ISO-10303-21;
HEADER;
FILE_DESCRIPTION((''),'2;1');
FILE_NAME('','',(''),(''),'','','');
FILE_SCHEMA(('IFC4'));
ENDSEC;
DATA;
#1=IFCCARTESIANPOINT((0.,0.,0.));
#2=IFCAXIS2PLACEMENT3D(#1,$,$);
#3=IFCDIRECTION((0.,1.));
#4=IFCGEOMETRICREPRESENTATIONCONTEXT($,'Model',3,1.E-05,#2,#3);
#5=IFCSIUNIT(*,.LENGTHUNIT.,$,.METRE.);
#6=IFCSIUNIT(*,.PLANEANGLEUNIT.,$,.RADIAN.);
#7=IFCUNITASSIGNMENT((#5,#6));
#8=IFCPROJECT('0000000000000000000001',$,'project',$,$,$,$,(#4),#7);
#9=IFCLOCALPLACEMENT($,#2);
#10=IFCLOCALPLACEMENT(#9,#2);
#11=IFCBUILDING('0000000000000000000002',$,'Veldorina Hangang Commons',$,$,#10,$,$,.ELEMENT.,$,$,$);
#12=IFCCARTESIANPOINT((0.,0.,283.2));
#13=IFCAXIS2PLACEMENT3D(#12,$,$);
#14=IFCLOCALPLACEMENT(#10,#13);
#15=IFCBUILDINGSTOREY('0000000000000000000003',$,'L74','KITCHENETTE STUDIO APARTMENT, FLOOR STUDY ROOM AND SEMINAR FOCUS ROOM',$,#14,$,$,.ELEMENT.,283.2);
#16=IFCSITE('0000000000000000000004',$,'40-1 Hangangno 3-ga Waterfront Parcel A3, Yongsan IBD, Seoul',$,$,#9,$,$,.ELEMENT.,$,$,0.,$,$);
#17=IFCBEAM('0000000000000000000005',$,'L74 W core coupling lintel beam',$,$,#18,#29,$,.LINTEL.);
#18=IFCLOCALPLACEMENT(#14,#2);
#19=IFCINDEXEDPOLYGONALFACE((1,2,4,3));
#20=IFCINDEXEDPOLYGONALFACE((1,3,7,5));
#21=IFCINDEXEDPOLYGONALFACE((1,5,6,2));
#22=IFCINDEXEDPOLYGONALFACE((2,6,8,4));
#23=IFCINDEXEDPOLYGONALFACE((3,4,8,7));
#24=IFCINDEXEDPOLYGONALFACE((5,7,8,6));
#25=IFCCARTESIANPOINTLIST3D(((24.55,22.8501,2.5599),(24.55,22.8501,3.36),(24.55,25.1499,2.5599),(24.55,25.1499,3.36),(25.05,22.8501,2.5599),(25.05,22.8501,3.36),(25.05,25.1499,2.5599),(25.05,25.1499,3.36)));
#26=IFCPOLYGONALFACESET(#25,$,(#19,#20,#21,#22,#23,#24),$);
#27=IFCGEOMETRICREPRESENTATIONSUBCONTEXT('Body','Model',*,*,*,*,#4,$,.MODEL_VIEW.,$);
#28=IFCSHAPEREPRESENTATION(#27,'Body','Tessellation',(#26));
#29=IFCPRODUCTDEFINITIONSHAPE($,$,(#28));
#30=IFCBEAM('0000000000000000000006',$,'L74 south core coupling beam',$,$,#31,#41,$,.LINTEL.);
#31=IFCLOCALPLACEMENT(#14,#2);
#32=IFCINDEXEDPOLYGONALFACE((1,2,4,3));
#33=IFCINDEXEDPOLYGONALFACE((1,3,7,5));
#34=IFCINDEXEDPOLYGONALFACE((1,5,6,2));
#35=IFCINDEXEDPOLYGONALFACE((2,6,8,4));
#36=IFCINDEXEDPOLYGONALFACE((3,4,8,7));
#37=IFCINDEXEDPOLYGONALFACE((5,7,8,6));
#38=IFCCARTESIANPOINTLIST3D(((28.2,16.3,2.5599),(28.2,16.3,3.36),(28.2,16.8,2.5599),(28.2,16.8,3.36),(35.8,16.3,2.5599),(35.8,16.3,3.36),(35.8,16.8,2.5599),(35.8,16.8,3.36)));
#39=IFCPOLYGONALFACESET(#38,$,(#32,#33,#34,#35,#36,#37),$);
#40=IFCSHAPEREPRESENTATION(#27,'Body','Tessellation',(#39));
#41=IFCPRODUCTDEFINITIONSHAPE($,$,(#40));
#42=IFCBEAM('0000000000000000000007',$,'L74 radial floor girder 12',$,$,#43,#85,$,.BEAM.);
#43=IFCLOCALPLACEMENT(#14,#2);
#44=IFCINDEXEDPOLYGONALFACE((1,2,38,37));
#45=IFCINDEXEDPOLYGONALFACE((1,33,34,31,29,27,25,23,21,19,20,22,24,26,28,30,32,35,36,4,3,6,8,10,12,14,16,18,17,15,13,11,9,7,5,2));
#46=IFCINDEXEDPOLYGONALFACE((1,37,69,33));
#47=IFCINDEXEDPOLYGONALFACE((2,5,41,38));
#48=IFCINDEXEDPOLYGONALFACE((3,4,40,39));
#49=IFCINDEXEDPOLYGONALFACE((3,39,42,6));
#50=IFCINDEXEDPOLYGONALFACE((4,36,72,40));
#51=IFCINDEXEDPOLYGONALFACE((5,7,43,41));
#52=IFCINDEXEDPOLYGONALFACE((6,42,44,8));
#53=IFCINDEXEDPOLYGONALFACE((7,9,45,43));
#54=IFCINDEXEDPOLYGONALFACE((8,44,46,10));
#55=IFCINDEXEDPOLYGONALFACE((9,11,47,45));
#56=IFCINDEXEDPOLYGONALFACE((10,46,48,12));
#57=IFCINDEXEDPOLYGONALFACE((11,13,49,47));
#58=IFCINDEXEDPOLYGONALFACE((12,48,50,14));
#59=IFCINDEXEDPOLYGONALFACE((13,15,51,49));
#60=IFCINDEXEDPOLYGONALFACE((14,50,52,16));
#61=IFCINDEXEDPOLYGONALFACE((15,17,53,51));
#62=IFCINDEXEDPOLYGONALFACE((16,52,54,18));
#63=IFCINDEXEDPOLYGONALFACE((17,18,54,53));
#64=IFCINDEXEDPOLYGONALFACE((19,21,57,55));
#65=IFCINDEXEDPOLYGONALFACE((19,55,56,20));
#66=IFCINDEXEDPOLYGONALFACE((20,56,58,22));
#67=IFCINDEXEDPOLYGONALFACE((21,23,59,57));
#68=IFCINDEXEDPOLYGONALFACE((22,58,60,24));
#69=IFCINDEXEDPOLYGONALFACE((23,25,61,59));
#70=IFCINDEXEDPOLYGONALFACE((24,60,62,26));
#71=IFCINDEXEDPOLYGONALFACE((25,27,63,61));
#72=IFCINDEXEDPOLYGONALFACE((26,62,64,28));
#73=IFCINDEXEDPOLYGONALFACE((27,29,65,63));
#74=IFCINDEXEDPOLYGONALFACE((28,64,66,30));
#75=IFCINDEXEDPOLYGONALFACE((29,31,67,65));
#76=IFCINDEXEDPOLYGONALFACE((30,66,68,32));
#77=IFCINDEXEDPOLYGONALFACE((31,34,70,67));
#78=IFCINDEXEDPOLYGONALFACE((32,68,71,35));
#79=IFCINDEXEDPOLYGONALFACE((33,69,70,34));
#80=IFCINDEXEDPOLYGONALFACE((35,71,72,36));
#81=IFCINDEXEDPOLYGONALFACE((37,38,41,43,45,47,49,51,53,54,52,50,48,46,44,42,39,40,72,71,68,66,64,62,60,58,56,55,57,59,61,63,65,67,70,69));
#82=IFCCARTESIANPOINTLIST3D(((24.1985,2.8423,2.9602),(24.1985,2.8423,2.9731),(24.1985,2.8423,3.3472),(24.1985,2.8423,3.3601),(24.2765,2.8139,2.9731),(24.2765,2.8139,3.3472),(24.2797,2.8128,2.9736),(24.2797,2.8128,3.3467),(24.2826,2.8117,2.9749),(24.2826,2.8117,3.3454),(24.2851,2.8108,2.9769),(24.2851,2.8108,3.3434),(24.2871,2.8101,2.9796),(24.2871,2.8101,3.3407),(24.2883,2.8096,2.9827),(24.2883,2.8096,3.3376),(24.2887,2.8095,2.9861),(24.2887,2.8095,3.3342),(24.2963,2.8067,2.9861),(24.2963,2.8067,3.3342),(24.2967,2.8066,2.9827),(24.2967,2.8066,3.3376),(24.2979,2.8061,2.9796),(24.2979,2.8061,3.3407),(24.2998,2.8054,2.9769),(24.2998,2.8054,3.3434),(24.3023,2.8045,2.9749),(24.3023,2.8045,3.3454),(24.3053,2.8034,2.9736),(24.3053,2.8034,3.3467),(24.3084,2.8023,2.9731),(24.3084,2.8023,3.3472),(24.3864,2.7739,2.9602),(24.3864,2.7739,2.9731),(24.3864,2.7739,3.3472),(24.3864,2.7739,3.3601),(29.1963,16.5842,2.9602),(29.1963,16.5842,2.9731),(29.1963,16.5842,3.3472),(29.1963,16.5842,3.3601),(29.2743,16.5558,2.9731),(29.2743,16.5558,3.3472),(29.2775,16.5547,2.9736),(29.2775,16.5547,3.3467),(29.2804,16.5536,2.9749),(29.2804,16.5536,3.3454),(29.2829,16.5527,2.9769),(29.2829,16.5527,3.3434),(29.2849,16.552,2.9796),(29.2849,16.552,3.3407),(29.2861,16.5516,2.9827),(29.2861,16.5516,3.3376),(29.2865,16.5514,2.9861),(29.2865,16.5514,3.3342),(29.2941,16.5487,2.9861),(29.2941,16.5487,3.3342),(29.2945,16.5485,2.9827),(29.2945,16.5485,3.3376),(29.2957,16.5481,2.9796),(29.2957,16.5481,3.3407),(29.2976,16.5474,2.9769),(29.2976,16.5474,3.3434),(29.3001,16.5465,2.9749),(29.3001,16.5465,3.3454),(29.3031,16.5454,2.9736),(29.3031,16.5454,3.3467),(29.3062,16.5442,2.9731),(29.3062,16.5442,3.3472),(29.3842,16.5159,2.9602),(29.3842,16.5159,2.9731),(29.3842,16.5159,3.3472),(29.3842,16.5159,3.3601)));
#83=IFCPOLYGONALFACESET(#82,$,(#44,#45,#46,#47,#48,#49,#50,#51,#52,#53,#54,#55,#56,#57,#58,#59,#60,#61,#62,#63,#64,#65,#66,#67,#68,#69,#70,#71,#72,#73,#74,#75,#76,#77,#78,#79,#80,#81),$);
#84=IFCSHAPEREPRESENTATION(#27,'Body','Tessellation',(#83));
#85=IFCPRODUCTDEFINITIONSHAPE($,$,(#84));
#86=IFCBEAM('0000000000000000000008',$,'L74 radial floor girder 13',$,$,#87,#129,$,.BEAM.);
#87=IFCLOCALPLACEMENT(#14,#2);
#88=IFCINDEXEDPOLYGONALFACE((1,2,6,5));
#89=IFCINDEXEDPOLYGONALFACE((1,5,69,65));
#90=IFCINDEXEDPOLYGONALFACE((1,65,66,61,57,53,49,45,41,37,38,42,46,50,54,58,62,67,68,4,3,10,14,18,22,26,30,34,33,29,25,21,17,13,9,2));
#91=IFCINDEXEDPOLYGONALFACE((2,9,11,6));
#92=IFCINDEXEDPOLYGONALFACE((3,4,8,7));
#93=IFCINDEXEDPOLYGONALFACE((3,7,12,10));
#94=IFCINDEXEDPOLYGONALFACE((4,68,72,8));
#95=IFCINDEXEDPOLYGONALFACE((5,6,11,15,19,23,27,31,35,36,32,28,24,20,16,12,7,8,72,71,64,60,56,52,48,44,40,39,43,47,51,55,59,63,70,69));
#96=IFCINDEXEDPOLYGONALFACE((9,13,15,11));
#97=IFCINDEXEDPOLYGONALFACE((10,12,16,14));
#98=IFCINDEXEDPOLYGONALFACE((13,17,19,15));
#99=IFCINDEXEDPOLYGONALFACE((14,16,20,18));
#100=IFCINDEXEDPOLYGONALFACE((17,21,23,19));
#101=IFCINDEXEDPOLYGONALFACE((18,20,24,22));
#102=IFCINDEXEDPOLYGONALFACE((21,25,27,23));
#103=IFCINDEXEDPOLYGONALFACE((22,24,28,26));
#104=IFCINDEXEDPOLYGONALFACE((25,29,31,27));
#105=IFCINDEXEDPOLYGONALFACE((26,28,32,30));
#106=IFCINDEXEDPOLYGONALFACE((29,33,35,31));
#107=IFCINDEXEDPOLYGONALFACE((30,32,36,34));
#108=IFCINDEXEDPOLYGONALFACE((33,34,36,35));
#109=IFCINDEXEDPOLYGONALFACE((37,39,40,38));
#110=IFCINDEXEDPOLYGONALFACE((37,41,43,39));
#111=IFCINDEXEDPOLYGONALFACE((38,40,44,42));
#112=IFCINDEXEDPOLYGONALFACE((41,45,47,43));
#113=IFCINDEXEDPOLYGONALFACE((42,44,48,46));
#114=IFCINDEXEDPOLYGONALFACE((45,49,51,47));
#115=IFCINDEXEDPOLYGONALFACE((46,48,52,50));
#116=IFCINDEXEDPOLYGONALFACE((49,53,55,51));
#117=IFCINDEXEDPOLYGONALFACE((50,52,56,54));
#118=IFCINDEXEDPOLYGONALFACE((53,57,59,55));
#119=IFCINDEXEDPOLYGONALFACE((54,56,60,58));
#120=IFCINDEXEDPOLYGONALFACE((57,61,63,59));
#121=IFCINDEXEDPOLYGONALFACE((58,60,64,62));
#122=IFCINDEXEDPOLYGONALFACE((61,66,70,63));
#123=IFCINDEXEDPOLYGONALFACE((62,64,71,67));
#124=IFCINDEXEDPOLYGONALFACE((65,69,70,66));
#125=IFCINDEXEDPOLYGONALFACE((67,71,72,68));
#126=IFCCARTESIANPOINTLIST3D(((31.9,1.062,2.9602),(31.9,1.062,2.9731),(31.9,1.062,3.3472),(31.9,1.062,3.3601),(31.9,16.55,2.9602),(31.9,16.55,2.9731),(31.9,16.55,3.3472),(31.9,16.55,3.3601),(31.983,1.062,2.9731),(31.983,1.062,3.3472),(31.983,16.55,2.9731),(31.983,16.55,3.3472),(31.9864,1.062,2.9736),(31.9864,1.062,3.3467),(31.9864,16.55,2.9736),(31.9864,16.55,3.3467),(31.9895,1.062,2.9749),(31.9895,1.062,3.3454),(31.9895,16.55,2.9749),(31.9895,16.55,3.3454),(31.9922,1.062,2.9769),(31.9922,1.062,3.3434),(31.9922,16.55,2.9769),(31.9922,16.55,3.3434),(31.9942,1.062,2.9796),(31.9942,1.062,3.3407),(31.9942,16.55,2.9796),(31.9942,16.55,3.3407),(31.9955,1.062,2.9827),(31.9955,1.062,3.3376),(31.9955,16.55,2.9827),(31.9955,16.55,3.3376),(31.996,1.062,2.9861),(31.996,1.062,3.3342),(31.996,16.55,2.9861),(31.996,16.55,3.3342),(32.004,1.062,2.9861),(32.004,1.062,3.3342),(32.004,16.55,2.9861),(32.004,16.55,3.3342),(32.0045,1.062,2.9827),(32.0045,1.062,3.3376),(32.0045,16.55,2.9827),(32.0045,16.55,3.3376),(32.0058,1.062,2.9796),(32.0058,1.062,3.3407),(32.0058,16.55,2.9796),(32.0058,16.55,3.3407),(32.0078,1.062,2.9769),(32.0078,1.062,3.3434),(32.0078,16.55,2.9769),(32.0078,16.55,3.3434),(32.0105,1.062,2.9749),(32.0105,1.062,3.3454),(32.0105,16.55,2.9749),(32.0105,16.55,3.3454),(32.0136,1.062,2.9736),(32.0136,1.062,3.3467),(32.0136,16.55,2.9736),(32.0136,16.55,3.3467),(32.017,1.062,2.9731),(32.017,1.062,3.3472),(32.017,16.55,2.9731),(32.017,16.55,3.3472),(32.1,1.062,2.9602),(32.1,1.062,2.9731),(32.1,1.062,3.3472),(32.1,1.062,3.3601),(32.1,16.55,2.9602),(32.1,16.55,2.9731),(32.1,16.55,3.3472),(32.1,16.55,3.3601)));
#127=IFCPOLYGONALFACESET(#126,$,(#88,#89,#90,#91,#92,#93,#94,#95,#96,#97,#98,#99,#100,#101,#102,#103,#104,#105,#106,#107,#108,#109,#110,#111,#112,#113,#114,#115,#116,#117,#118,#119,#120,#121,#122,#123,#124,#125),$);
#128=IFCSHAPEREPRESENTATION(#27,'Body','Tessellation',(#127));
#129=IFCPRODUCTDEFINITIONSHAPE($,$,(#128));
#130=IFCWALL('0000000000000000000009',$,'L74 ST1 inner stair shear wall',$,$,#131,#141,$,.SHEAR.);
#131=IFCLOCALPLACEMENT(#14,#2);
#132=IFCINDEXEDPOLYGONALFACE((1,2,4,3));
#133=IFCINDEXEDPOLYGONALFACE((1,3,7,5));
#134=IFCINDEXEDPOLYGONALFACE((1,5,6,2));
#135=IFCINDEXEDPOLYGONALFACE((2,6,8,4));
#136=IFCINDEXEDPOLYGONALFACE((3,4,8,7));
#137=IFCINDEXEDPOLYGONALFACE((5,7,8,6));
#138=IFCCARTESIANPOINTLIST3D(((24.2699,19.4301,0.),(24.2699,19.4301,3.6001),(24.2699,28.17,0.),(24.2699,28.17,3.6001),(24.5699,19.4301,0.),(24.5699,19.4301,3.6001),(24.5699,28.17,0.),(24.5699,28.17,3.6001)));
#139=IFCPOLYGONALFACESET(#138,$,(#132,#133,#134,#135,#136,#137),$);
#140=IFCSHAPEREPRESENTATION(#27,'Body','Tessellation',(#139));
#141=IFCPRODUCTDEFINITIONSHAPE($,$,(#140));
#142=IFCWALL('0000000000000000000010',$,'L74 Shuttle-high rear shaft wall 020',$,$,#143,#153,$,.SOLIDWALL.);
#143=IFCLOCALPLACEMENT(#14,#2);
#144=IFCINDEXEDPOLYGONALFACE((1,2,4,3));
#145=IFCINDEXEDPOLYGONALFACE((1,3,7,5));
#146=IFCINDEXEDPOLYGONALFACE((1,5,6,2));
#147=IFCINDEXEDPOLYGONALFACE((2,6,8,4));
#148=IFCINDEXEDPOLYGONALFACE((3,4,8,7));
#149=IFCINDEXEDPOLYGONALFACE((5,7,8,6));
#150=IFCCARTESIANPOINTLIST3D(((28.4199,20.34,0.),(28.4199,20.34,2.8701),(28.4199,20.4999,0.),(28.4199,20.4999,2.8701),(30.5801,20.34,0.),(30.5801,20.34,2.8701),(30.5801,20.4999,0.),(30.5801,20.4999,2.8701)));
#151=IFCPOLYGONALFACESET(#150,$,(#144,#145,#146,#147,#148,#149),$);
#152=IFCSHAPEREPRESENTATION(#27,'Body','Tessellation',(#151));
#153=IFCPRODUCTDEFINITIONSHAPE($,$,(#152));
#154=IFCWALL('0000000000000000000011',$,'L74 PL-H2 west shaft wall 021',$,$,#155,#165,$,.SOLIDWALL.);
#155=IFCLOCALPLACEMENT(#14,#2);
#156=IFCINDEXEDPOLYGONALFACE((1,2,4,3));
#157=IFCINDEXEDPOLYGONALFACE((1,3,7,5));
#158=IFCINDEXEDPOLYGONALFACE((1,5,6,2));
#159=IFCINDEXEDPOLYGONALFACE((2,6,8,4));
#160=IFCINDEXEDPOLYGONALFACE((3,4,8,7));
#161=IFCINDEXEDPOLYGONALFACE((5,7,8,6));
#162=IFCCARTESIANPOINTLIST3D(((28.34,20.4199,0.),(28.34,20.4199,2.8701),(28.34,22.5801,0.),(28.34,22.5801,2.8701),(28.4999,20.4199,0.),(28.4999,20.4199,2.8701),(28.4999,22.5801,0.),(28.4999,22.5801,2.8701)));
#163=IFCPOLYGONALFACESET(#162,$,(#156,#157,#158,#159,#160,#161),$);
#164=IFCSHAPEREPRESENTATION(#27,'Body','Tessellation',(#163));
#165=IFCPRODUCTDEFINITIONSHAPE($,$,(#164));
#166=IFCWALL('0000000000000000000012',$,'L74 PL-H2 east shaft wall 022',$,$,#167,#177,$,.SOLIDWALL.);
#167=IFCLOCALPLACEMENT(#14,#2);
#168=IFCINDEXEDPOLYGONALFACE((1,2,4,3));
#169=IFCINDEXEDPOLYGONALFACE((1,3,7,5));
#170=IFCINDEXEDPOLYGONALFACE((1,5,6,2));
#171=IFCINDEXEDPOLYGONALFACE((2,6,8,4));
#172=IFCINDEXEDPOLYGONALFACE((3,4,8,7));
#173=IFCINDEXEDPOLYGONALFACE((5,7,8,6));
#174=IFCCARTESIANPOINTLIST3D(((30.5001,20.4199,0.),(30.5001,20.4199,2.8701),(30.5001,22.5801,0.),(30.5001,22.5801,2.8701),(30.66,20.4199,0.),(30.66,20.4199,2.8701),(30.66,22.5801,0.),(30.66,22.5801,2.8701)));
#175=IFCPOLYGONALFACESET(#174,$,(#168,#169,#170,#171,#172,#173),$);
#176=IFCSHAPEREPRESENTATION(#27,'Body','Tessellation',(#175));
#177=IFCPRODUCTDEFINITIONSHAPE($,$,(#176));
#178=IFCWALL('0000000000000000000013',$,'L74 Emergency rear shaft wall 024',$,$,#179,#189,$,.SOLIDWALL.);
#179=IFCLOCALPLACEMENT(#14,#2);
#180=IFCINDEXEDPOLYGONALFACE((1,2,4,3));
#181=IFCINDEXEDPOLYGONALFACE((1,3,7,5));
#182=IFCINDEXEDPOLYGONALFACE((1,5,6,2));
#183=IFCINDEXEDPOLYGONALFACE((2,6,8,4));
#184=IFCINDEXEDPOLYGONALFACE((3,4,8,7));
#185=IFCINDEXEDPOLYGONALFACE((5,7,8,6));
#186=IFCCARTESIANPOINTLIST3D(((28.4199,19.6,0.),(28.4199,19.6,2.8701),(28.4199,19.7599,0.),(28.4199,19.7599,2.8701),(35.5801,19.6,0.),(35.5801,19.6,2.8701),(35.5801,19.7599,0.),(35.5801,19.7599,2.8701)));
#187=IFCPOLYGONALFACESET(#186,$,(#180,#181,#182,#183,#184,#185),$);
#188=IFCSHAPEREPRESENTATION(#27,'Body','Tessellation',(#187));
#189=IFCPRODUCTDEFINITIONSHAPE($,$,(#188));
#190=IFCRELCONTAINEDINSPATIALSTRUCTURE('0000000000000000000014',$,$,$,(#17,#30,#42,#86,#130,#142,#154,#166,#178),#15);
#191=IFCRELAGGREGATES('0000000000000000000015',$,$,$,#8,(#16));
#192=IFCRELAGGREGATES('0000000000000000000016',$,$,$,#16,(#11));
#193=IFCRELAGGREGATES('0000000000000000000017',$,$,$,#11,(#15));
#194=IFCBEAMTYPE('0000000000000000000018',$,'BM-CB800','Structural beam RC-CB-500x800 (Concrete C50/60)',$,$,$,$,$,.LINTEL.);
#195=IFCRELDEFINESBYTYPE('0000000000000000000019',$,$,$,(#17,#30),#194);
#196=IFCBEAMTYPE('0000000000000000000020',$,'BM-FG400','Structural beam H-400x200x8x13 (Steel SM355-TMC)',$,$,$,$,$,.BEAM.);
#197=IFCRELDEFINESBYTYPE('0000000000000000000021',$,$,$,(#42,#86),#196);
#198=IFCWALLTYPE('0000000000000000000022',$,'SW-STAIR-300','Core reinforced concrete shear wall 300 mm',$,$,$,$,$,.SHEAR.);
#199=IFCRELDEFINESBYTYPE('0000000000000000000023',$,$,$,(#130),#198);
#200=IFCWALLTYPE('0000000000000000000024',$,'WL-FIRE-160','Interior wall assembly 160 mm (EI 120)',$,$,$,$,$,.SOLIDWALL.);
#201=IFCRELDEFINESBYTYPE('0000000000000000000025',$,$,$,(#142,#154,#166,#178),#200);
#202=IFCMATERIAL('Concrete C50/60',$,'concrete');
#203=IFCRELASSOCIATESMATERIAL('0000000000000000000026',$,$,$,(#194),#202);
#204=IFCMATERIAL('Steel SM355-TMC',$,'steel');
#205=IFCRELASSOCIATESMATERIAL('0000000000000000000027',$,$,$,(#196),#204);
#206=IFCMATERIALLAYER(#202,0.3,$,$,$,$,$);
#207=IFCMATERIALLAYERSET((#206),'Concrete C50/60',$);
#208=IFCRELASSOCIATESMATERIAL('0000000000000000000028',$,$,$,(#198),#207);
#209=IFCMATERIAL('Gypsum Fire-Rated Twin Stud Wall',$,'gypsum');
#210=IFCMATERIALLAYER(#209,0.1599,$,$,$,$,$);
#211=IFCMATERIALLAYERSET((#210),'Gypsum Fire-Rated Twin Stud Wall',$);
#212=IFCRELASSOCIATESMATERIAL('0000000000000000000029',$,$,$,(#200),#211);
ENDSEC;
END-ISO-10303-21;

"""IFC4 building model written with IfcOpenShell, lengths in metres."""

from ifc_helpers import new_model, si_unit, direction, frame, frame_2d, origin, origin_2d, place, context, subcontext, project, spatial, rectangle, i_section, extrude, material, layer, layer_set, material_profile, profile_set, type_object, element, save


model = new_model("IFC4")

# Units and contexts
model_context = context("Model", 3, precision=1e-05, world=origin(), true_north=direction((0.0, 1.0)))
body_context = subcontext(model_context, "Body", "Model", "MODEL_VIEW")
ifc_project = project(units=[si_unit("LENGTHUNIT", "METRE"), si_unit("PLANEANGLEUNIT", "RADIAN")], contexts=[model_context])

# Site, building, storey
site_placement = place(None, origin())
site = spatial("IfcSite", under=ifc_project, at=site_placement, Name="40-1 Hangangno 3-ga Waterfront Parcel A3, Yongsan IBD, Seoul", CompositionType="ELEMENT", RefElevation=0.0)
building_placement = place(site_placement, origin())
building = spatial("IfcBuilding", under=site, at=building_placement, Name="Veldorina Hangang Commons", CompositionType="ELEMENT")
storey_placement = place(building_placement, frame((0.0, 0.0, 283.2)))
storey = spatial("IfcBuildingStorey", under=building, at=storey_placement, Name="L74", Description="KITCHENETTE STUDIO APARTMENT, FLOOR STUDY ROOM AND SEMINAR FOCUS ROOM", CompositionType="ELEMENT", Elevation=283.2)

# Beams
ifc_material_1 = material(Name="Concrete C50/60", Category="concrete")
ifc_material_profile_1 = material_profile(ifc_material_1, rectangle(XDim=0.5, YDim=0.8, at=origin_2d()), Name="RC-CB-500x800")
ifc_profile_set_1 = profile_set([ifc_material_profile_1], Name="Concrete C50/60")
beam_type_1 = type_object("IfcBeamType", Name="BM-CB800", Description="Structural beam RC-CB-500x800 (Concrete C50/60)", PredefinedType="LINTEL", material=ifc_profile_set_1)
beam_1_placement = place(storey_placement, frame((24.8, 22.8501, 2.96), z_axis=(0.0, 1.0, 0.0), x_axis=(-1.0, 0.0, 0.0)))
element("IfcBeam", 1, at=beam_1_placement, inside=storey, type_object=beam_type_1, Name="L74 W core coupling lintel beam", PredefinedType="LINTEL", context=body_context, shape_type="SweptSolid", body=[
    extrude(rectangle(XDim=0.5, YDim=0.8, at=origin_2d()), origin(), (0.0, 0.0, 1.0), 2.2998),
])
beam_2_placement = place(storey_placement, frame((28.2, 16.55, 2.96), z_axis=(1.0, 0.0, 0.0), x_axis=(0.0, 1.0, 0.0)))
element("IfcBeam", 2, at=beam_2_placement, inside=storey, type_object=beam_type_1, Name="L74 south core coupling beam", PredefinedType="LINTEL", context=body_context, shape_type="SweptSolid", body=[
    extrude(rectangle(XDim=0.5, YDim=0.8, at=origin_2d()), origin(), (0.0, 0.0, 1.0), 7.6001),
])
ifc_material_2 = material(Name="Steel SM355-TMC", Category="steel")
ifc_material_profile_2 = material_profile(ifc_material_2, i_section(OverallWidth=0.2, OverallDepth=0.3999, WebThickness=0.0081, FlangeThickness=0.0129, FilletRadius=0.0129, at=origin_2d()), Name="H-400x200x8x13")
ifc_profile_set_2 = profile_set([ifc_material_profile_2], Name="Steel SM355-TMC")
beam_type_2 = type_object("IfcBeamType", Name="BM-FG400", Description="Structural beam H-400x200x8x13 (Steel SM355-TMC)", PredefinedType="BEAM", material=ifc_profile_set_2)
beam_3_placement = place(storey_placement, frame((29.2903, 16.55, 3.1602), z_axis=(-0.341787, -0.939777, 0.0), x_axis=(0.939777, -0.341787, 0.0)))
element("IfcBeam", 3, at=beam_3_placement, inside=storey, type_object=beam_type_2, Name="L74 radial floor girder 12", PredefinedType="BEAM", context=body_context, shape_type="SweptSolid", body=[
    extrude(i_section(OverallWidth=0.2, OverallDepth=0.3999, WebThickness=0.0081, FlangeThickness=0.0129, FilletRadius=0.0129, at=origin_2d()), origin(), (0.0, 0.0, 1.0), 14.6226),
])
beam_4_placement = place(storey_placement, frame((32.0, 16.55, 3.1602), z_axis=(0.0, -1.0, 0.0), x_axis=(1.0, 0.0, 0.0)))
element("IfcBeam", 4, at=beam_4_placement, inside=storey, type_object=beam_type_2, Name="L74 radial floor girder 13", PredefinedType="BEAM", context=body_context, shape_type="SweptSolid", body=[
    extrude(i_section(OverallWidth=0.2, OverallDepth=0.3999, WebThickness=0.0081, FlangeThickness=0.0129, FilletRadius=0.0129, at=origin_2d()), origin(), (0.0, 0.0, 1.0), 15.488),
])

# Wall
ifc_layer_1 = layer(ifc_material_1, 0.3)
ifc_layer_set_1 = layer_set([ifc_layer_1], Name="Concrete C50/60")
wall_type_1 = type_object("IfcWallType", Name="SW-STAIR-300", Description="Core reinforced concrete shear wall 300 mm", PredefinedType="SHEAR", material=ifc_layer_set_1)
wall_1_placement = place(storey_placement, frame((24.4199, 19.4299, 0.0), z_axis=(0.0, 0.0, 1.0), x_axis=(0.0, 1.0, 0.0)))
element("IfcWall", 5, at=wall_1_placement, inside=storey, type_object=wall_type_1, Name="L74 ST1 inner stair shear wall", PredefinedType="SHEAR", context=body_context, shape_type="SweptSolid", body=[
    extrude(rectangle(XDim=8.74, YDim=0.3, at=frame_2d((4.3701, 0.0))), origin(), (0.0, 0.0, 1.0), 3.6001),
])

# Shared definitions
ifc_material_3 = material(Name="Gypsum Fire-Rated Twin Stud Wall", Category="gypsum")
ifc_layer_2 = layer(ifc_material_3, 0.1599)
ifc_layer_set_2 = layer_set([ifc_layer_2], Name="Gypsum Fire-Rated Twin Stud Wall")
wall_type_2 = type_object("IfcWallType", Name="WL-FIRE-160", Description="Interior wall assembly 160 mm (EI 120)", PredefinedType="SOLIDWALL", material=ifc_layer_set_2)

# Walls
for number, where, z_axis, x_axis, name in (
    (6, (28.4199, 20.4199, 0.0), (0.0, 0.0, 1.0), (1.0, 0.0, 0.0), "L74 Shuttle-high rear shaft wall 020"),
    (7, (28.4199, 20.4199, 0.0), (0.0, 0.0, 1.0), (0.0, 1.0, 0.0), "L74 PL-H2 west shaft wall 021"),
    (8, (30.5801, 20.4199, 0.0), (0.0, 0.0, 1.0), (0.0, 1.0, 0.0), "L74 PL-H2 east shaft wall 022"),
):
    element("IfcWall", number, at=place(storey_placement, frame(where, z_axis=z_axis, x_axis=x_axis)), inside=storey, type_object=wall_type_2, Name=name, PredefinedType="SOLIDWALL", context=body_context, shape_type="SweptSolid", body=[
        extrude(rectangle(XDim=2.1602, YDim=0.1599, at=frame_2d((1.0801, 0.0))), origin(), (0.0, 0.0, 1.0), 2.8701),
    ])

# Wall
wall_2_placement = place(storey_placement, frame((28.4199, 19.6799, 0.0), z_axis=(0.0, 0.0, 1.0), x_axis=(1.0, 0.0, 0.0)))
element("IfcWall", 9, at=wall_2_placement, inside=storey, type_object=wall_type_2, Name="L74 Emergency rear shaft wall 024", PredefinedType="SOLIDWALL", context=body_context, shape_type="SweptSolid", body=[
    extrude(rectangle(XDim=7.1602, YDim=0.1599, at=frame_2d((3.5801, 0.0))), origin(), (0.0, 0.0, 1.0), 2.8701),
])

save(model, "model.ifc")
